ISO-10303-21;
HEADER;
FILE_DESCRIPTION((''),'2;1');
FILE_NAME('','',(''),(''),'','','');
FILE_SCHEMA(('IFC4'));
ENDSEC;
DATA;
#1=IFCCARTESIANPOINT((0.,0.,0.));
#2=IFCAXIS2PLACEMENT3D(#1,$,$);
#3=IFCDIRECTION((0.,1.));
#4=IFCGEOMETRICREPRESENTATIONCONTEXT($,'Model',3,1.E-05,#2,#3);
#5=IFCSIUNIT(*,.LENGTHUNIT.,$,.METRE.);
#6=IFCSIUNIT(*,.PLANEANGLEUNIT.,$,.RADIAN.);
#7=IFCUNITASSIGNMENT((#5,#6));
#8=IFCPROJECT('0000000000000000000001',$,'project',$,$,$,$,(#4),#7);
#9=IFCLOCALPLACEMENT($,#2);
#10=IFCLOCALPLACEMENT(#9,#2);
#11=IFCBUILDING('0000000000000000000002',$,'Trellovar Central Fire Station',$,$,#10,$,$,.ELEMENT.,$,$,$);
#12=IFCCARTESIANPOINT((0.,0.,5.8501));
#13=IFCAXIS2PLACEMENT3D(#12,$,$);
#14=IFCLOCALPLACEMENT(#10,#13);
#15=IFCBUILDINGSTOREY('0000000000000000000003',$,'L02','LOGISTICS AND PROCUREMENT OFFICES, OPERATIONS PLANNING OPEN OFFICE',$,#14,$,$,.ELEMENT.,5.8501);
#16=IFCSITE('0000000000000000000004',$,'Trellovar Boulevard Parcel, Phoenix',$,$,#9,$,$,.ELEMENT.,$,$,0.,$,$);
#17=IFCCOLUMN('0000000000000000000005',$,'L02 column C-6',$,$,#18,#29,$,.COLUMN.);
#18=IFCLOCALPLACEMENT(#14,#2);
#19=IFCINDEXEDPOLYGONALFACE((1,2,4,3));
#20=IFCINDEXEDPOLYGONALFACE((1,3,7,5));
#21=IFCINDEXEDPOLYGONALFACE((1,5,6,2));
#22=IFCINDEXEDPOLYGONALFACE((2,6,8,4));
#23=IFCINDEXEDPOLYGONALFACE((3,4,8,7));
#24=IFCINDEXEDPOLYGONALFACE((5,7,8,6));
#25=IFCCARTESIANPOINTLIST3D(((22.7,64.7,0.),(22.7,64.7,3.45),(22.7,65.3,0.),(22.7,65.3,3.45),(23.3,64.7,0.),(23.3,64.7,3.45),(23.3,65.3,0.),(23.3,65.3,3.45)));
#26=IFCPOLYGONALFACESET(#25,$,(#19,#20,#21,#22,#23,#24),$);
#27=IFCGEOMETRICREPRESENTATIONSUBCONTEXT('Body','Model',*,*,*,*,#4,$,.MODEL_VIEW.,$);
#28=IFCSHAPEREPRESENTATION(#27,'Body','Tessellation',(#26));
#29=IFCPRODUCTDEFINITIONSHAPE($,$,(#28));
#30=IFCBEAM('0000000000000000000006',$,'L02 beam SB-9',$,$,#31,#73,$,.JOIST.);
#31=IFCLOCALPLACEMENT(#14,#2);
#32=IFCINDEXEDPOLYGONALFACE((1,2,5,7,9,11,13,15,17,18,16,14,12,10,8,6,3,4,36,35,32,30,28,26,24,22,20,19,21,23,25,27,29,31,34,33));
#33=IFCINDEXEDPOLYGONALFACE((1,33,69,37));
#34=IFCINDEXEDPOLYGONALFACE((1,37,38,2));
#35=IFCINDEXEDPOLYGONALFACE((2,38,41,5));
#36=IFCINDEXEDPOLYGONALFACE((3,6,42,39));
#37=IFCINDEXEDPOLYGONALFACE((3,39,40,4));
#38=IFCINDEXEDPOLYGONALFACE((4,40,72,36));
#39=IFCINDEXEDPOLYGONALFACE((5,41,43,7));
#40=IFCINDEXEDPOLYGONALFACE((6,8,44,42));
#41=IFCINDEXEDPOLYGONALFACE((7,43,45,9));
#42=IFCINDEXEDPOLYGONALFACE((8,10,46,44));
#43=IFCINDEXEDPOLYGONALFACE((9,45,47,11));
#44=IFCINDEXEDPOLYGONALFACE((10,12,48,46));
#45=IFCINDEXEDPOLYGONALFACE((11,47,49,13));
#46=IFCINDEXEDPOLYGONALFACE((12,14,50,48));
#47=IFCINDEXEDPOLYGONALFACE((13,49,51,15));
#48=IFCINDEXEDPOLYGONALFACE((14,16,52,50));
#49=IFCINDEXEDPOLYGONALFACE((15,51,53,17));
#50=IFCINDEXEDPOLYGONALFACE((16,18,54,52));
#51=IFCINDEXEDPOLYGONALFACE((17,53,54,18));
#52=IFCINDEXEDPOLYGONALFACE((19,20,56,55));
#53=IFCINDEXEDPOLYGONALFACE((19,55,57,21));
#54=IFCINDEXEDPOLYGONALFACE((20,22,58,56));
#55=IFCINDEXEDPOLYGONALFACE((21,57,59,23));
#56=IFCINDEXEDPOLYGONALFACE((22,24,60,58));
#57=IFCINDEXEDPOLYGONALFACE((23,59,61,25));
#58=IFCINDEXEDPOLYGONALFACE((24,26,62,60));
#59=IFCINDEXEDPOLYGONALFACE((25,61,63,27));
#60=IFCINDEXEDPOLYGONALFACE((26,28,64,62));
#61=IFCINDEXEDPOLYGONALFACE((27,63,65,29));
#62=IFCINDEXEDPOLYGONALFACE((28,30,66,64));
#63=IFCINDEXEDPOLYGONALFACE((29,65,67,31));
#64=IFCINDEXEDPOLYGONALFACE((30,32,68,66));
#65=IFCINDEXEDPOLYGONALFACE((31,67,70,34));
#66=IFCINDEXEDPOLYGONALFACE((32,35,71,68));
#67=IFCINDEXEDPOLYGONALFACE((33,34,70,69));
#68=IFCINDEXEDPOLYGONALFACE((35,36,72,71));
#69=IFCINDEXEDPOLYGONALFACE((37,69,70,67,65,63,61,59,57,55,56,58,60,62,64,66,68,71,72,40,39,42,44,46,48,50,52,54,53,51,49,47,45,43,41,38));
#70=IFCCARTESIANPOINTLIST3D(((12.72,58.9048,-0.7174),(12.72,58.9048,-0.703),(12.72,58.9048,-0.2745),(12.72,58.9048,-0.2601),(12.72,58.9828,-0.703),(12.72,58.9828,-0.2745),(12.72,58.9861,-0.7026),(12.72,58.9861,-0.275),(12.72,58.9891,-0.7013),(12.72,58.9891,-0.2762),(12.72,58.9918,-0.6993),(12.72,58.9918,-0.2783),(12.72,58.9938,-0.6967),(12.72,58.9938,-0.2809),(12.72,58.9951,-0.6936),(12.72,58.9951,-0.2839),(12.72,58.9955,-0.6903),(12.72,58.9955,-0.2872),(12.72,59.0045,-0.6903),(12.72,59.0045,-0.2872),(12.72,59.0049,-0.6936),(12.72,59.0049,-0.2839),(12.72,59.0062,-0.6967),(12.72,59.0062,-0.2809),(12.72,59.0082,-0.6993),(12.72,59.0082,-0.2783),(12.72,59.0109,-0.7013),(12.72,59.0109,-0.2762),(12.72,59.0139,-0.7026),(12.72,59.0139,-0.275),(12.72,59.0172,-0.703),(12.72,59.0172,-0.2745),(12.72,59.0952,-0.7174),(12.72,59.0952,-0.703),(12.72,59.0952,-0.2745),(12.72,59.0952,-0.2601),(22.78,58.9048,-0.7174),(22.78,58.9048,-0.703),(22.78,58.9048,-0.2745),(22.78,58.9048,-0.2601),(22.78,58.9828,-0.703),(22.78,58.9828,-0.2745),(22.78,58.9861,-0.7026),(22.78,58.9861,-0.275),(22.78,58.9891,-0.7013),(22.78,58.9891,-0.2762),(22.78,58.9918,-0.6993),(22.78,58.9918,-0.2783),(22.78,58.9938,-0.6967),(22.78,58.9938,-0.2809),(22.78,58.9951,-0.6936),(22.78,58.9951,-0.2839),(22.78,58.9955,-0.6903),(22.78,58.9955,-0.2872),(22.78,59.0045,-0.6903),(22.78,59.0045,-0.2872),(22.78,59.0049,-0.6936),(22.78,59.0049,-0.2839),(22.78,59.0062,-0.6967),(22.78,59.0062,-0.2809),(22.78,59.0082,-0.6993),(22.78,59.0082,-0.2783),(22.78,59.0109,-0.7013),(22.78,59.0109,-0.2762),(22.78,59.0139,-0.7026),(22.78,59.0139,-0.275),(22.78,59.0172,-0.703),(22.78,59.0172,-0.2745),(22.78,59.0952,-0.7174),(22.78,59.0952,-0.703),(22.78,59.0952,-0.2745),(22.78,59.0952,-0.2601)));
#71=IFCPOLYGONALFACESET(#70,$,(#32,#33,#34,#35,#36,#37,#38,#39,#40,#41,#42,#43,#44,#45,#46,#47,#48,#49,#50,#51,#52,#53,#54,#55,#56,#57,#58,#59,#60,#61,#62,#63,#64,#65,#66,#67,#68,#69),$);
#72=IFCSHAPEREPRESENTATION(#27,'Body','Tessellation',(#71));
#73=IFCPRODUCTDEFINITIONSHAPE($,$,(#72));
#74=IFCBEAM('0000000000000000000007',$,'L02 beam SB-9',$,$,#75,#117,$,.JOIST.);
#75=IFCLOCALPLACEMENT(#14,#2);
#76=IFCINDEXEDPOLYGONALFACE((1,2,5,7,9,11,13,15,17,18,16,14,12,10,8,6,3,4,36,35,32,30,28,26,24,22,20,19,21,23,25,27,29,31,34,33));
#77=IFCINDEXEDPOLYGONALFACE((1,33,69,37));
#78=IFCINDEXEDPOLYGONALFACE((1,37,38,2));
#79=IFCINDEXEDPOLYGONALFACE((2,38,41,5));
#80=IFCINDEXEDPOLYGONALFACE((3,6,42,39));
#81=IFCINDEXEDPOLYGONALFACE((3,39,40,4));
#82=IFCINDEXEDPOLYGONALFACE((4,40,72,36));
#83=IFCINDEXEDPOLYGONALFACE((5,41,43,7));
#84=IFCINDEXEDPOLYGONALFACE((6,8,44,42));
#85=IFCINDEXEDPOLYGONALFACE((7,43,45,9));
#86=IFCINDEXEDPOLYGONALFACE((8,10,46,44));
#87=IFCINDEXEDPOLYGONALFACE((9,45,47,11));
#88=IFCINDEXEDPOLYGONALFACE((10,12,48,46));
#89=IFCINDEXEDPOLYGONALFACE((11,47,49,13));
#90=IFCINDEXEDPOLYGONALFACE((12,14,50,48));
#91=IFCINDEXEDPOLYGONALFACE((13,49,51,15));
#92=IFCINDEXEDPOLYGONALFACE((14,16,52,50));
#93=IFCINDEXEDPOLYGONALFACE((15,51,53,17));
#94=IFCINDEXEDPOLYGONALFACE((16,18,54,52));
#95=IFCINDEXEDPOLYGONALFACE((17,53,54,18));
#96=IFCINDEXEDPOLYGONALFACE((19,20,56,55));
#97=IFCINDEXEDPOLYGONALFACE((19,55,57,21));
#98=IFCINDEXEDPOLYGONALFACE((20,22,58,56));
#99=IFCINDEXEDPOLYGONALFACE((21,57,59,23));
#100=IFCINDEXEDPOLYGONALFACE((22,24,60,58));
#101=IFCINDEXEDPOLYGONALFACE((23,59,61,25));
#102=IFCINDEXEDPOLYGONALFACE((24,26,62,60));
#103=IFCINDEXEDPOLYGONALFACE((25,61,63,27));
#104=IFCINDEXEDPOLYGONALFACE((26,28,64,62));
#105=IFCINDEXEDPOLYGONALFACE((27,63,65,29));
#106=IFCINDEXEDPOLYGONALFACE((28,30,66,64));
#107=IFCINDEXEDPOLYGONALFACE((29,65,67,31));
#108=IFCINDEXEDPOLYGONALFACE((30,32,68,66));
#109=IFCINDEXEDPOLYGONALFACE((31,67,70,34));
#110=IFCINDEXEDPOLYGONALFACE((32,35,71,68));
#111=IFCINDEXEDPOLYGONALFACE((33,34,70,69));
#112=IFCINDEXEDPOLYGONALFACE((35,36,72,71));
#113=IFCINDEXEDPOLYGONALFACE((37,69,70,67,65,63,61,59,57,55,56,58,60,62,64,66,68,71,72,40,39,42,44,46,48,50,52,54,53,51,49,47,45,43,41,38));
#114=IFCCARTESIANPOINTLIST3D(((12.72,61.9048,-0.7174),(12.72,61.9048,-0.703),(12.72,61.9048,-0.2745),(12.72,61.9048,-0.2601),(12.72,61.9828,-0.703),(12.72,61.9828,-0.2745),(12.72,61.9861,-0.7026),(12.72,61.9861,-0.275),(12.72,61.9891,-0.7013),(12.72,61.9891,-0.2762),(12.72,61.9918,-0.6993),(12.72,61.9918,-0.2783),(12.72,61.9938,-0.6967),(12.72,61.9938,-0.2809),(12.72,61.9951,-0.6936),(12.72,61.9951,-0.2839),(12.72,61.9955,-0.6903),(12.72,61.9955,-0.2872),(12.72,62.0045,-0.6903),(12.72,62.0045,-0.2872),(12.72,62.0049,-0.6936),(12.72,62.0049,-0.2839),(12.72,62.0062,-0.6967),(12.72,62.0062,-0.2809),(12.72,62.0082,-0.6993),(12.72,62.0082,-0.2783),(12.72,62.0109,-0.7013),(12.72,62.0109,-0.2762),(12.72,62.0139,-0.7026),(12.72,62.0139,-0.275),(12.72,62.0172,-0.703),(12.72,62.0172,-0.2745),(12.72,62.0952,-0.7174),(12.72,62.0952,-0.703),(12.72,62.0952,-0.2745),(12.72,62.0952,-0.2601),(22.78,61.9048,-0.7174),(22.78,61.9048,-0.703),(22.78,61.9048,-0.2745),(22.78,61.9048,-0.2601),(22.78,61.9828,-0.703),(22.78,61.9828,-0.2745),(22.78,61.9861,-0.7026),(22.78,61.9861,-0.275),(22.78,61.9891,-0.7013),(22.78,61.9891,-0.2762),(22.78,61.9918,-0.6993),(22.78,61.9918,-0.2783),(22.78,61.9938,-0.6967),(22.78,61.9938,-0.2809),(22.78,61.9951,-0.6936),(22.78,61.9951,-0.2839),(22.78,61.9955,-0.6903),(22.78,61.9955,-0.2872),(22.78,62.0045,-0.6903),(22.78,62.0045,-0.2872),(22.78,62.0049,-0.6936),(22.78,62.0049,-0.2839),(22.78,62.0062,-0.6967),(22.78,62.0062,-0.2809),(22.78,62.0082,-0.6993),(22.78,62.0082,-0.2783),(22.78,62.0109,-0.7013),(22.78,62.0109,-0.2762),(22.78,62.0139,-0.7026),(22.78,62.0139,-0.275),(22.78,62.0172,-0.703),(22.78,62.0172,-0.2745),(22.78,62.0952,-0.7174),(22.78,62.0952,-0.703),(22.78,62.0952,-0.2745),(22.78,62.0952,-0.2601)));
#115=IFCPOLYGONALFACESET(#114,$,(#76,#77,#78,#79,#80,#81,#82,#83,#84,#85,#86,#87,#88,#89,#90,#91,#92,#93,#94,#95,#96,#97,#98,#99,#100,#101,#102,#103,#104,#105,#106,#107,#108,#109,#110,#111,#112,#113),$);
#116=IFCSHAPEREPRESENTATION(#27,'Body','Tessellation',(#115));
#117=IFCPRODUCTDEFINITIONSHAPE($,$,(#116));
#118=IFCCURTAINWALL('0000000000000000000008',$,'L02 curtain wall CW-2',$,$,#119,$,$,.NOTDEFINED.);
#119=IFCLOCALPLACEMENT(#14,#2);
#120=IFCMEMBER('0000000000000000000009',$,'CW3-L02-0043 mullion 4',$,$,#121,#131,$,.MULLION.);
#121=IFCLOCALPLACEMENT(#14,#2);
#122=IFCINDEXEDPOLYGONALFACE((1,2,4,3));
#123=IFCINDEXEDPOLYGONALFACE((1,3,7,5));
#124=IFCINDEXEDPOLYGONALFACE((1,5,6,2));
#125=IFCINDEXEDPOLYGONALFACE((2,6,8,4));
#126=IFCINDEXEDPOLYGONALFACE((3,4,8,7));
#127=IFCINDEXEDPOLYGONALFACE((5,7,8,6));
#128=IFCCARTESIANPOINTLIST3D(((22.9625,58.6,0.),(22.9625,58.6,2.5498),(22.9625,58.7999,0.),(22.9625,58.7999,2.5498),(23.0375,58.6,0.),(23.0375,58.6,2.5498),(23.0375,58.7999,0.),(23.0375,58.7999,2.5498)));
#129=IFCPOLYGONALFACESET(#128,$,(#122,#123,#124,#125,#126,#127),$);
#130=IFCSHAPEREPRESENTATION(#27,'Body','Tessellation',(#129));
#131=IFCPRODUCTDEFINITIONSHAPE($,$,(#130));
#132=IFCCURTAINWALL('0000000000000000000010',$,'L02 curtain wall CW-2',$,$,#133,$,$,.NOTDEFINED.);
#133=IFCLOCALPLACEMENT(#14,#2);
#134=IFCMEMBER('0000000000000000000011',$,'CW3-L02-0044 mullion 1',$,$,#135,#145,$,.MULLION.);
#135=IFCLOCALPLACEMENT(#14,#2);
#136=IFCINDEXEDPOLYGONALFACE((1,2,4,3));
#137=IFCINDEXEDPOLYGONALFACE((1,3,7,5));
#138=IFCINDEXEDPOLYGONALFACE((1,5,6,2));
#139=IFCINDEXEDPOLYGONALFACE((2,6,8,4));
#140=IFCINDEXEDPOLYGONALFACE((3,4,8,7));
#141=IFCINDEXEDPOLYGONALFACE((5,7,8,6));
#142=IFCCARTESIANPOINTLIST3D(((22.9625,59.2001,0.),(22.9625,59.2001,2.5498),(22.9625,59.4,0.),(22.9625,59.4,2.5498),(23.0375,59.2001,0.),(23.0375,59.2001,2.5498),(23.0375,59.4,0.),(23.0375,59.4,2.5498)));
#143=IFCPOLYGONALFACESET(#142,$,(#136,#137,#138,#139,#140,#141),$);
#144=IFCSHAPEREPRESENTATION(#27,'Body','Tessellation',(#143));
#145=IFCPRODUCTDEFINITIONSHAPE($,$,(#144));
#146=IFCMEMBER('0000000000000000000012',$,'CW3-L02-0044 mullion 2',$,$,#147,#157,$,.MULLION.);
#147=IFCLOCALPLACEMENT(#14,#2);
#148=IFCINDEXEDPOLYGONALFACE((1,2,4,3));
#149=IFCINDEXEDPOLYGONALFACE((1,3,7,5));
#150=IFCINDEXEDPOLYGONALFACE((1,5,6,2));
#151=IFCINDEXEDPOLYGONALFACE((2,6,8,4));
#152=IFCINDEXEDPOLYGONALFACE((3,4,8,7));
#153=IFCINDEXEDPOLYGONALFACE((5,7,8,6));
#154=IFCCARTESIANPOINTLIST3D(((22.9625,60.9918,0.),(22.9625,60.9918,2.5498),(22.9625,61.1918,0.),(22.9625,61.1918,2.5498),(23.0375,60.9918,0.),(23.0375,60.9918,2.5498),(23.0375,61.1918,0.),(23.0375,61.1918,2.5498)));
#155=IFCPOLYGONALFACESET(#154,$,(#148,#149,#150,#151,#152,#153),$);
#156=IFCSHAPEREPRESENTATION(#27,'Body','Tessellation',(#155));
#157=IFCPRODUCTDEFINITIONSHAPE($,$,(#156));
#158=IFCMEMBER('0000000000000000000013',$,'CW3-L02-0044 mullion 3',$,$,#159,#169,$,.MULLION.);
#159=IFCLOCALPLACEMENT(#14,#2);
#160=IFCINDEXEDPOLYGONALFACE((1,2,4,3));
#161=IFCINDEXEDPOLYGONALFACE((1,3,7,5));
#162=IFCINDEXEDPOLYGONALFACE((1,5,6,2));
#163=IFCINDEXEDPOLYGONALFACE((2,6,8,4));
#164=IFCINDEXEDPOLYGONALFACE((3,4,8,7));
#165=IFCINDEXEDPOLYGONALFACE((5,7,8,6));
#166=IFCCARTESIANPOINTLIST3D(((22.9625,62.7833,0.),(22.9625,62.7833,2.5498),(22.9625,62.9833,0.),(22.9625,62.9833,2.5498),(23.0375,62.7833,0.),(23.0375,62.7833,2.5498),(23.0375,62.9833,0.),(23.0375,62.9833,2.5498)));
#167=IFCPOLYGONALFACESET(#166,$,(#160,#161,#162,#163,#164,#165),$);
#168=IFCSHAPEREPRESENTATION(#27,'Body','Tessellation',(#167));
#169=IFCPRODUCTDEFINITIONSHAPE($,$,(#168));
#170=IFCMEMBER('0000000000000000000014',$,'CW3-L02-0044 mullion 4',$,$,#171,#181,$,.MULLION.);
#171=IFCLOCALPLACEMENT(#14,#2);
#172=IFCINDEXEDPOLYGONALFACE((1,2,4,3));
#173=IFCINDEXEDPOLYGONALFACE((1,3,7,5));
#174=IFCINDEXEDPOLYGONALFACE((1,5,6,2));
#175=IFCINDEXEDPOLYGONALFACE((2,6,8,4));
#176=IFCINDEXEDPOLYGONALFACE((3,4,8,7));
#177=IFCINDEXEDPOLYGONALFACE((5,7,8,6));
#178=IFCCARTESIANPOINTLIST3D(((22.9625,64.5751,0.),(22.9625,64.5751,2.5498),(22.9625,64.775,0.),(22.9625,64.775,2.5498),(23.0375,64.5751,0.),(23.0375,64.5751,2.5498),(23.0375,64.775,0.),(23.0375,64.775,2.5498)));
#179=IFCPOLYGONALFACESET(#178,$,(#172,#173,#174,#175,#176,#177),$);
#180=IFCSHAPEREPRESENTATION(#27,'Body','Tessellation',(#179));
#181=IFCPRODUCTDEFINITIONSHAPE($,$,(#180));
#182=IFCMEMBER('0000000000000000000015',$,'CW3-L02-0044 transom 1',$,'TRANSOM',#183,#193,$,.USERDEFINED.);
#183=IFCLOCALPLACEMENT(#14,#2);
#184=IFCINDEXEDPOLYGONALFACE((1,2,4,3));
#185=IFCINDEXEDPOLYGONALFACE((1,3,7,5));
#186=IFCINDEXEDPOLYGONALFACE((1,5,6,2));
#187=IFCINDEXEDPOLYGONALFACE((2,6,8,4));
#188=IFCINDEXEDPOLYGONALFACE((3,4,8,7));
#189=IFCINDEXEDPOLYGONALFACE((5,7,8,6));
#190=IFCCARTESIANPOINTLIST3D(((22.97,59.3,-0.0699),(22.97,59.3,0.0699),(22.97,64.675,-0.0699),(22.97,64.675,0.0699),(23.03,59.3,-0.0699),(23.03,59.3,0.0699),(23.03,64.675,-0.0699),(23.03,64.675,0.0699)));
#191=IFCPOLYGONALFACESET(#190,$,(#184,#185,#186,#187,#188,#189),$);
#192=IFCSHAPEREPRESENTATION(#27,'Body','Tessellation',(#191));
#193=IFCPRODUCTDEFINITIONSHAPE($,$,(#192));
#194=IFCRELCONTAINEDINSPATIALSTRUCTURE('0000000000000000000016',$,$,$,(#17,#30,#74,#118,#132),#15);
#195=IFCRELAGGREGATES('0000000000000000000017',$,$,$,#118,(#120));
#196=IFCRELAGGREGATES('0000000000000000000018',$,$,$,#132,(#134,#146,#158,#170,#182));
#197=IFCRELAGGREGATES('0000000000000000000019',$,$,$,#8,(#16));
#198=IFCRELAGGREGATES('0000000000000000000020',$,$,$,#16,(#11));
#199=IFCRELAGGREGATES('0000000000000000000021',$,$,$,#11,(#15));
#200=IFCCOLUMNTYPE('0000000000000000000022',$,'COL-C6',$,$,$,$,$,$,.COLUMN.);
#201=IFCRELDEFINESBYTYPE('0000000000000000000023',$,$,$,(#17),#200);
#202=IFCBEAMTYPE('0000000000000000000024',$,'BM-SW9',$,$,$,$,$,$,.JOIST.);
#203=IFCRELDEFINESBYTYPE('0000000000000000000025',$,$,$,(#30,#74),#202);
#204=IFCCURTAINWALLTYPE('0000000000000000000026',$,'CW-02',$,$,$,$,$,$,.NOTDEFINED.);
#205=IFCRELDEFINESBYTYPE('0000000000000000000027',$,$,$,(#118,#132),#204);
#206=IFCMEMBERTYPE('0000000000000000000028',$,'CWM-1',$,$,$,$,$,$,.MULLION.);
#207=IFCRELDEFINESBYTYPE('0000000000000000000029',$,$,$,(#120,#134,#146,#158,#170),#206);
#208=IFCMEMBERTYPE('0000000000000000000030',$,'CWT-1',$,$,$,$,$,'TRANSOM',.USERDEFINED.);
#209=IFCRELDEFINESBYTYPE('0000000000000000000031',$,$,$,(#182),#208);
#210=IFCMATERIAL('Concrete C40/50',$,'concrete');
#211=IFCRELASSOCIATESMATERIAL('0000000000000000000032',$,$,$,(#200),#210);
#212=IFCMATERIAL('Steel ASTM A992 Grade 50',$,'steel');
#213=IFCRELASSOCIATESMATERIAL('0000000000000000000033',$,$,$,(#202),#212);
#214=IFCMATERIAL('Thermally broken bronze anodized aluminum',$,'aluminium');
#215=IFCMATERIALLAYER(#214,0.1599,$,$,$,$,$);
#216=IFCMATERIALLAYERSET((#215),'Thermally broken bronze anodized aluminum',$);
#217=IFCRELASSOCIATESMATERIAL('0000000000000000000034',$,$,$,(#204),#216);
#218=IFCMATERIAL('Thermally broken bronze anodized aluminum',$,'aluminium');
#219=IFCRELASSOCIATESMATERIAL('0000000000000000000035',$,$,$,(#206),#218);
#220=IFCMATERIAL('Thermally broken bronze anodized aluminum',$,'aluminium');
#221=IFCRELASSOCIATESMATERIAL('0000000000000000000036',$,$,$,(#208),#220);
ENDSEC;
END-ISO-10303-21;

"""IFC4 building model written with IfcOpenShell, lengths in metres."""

from ifc_helpers import new_model, si_unit, direction, frame, origin, origin_2d, place, context, subcontext, project, spatial, rectangle, i_section, extrude, material, layer, layer_set, material_profile, profile_set, type_object, element, aggregate, save


model = new_model("IFC4")

# Units and contexts
model_context = context("Model", 3, precision=1e-05, world=origin(), true_north=direction((0.0, 1.0)))
body_context = subcontext(model_context, "Body", "Model", "MODEL_VIEW")
ifc_project = project(units=[si_unit("LENGTHUNIT", "METRE"), si_unit("PLANEANGLEUNIT", "RADIAN")], contexts=[model_context])

# Site, building, storey
site_placement = place(None, origin())
site = spatial("IfcSite", under=ifc_project, at=site_placement, Name="Trellovar Boulevard Parcel, Phoenix", CompositionType="ELEMENT", RefElevation=0.0)
building_placement = place(site_placement, origin())
building = spatial("IfcBuilding", under=site, at=building_placement, Name="Trellovar Central Fire Station", CompositionType="ELEMENT")
storey_placement = place(building_placement, frame((0.0, 0.0, 5.8501)))
storey = spatial("IfcBuildingStorey", under=building, at=storey_placement, Name="L02", Description="LOGISTICS AND PROCUREMENT OFFICES, OPERATIONS PLANNING OPEN OFFICE", CompositionType="ELEMENT", Elevation=5.8501)

# Column
ifc_material_1 = material(Name="Concrete C40/50", Category="concrete")
ifc_material_profile_1 = material_profile(ifc_material_1, rectangle(XDim=0.6001, YDim=0.6001, at=origin_2d()), Name="RC600X600")
ifc_profile_set_1 = profile_set([ifc_material_profile_1], Name="Concrete C40/50")
column_type = type_object("IfcColumnType", Name="COL-C6", PredefinedType="COLUMN", material=ifc_profile_set_1)
column_placement = place(storey_placement, frame((23.0, 65.0, 0.0), z_axis=(0.0, 0.0, 1.0), x_axis=(1.0, 0.0, 0.0)))
element("IfcColumn", 1, at=column_placement, inside=storey, type_object=column_type, Name="L02 column C-6", PredefinedType="COLUMN", context=body_context, shape_type="SweptSolid", body=[
    extrude(rectangle(XDim=0.6001, YDim=0.6001, at=origin_2d()), origin(), (0.0, 0.0, 1.0), 3.45),
])

# Beams
ifc_material_2 = material(Name="Steel ASTM A992 Grade 50", Category="steel")
ifc_material_profile_2 = material_profile(ifc_material_2, i_section(OverallWidth=0.1904, OverallDepth=0.4573, WebThickness=0.009, FlangeThickness=0.0144, FilletRadius=0.0127, at=origin_2d()), Name="W18X50")
ifc_profile_set_2 = profile_set([ifc_material_profile_2], Name="Steel ASTM A992 Grade 50")
beam_type = type_object("IfcBeamType", Name="BM-SW9", PredefinedType="JOIST", material=ifc_profile_set_2)
for number, where, z_axis, x_axis, name in (
    (2, (12.72, 59.0, -0.4888), (1.0, 0.0, 0.0), (0.0, 1.0, 0.0), "L02 beam SB-9"),
    (3, (12.72, 62.0, -0.4888), (1.0, 0.0, 0.0), (0.0, 1.0, 0.0), "L02 beam SB-9"),
):
    element("IfcBeam", number, at=place(storey_placement, frame(where, z_axis=z_axis, x_axis=x_axis)), inside=storey, type_object=beam_type, Name=name, PredefinedType="JOIST", context=body_context, shape_type="SweptSolid", body=[
        extrude(i_section(OverallWidth=0.1904, OverallDepth=0.4573, WebThickness=0.009, FlangeThickness=0.0144, FilletRadius=0.0127, at=origin_2d()), origin(), (0.0, 0.0, 1.0), 10.0601),
    ])

# Curtain wall, member
ifc_material_3 = material(Name="Thermally broken bronze anodized aluminum", Category="aluminium")
ifc_layer_1 = layer(ifc_material_3, 0.1599)
ifc_layer_set_1 = layer_set([ifc_layer_1], Name="Thermally broken bronze anodized aluminum")
curtain_wall_type = type_object("IfcCurtainWallType", Name="CW-02", PredefinedType="NOTDEFINED", material=ifc_layer_set_1)
curtain_wall_1_placement = place(storey_placement, origin())
curtain_wall_1 = element("IfcCurtainWall", 4, at=curtain_wall_1_placement, inside=storey, type_object=curtain_wall_type, Name="L02 curtain wall CW-2", PredefinedType="NOTDEFINED")
ifc_material_4 = material(Name="Thermally broken bronze anodized aluminum", Category="aluminium")
ifc_material_profile_3 = material_profile(ifc_material_4, rectangle(XDim=0.075, YDim=0.2, at=origin_2d()), Name="ALU75X200")
ifc_profile_set_3 = profile_set([ifc_material_profile_3], Name="Thermally broken bronze anodized aluminum")
member_type_1 = type_object("IfcMemberType", Name="CWM-1", PredefinedType="MULLION", material=ifc_profile_set_3)
member_1_placement = place(storey_placement, frame((23.0, 58.7, 0.0), z_axis=(0.0, 0.0, 1.0), x_axis=(1.0, 0.0, 0.0)))
member_1 = element("IfcMember", 5, at=member_1_placement, type_object=member_type_1, Name="CW3-L02-0043 mullion 4", PredefinedType="MULLION", context=body_context, shape_type="SweptSolid", body=[
    extrude(rectangle(XDim=0.075, YDim=0.2, at=origin_2d()), origin(), (0.0, 0.0, 1.0), 2.5498),
])

# Curtain wall, members
curtain_wall_2_placement = place(storey_placement, origin())
curtain_wall_2 = element("IfcCurtainWall", 6, at=curtain_wall_2_placement, inside=storey, type_object=curtain_wall_type, Name="L02 curtain wall CW-2", PredefinedType="NOTDEFINED")
member_2_placement = place(storey_placement, frame((23.0, 59.3, 0.0), z_axis=(0.0, 0.0, 1.0), x_axis=(1.0, 0.0, 0.0)))
member_2 = element("IfcMember", 7, at=member_2_placement, type_object=member_type_1, Name="CW3-L02-0044 mullion 1", PredefinedType="MULLION", context=body_context, shape_type="SweptSolid", body=[
    extrude(rectangle(XDim=0.075, YDim=0.2, at=origin_2d()), origin(), (0.0, 0.0, 1.0), 2.5498),
])
member_3_placement = place(storey_placement, frame((23.0, 61.0918, 0.0), z_axis=(0.0, 0.0, 1.0), x_axis=(1.0, 0.0, 0.0)))
member_3 = element("IfcMember", 8, at=member_3_placement, type_object=member_type_1, Name="CW3-L02-0044 mullion 2", PredefinedType="MULLION", context=body_context, shape_type="SweptSolid", body=[
    extrude(rectangle(XDim=0.075, YDim=0.2, at=origin_2d()), origin(), (0.0, 0.0, 1.0), 2.5498),
])
member_4_placement = place(storey_placement, frame((23.0, 62.8833, 0.0), z_axis=(0.0, 0.0, 1.0), x_axis=(1.0, 0.0, 0.0)))
member_4 = element("IfcMember", 9, at=member_4_placement, type_object=member_type_1, Name="CW3-L02-0044 mullion 3", PredefinedType="MULLION", context=body_context, shape_type="SweptSolid", body=[
    extrude(rectangle(XDim=0.075, YDim=0.2, at=origin_2d()), origin(), (0.0, 0.0, 1.0), 2.5498),
])
member_5_placement = place(storey_placement, frame((23.0, 64.675, 0.0), z_axis=(0.0, 0.0, 1.0), x_axis=(1.0, 0.0, 0.0)))
member_5 = element("IfcMember", 10, at=member_5_placement, type_object=member_type_1, Name="CW3-L02-0044 mullion 4", PredefinedType="MULLION", context=body_context, shape_type="SweptSolid", body=[
    extrude(rectangle(XDim=0.075, YDim=0.2, at=origin_2d()), origin(), (0.0, 0.0, 1.0), 2.5498),
])
ifc_material_5 = material(Name="Thermally broken bronze anodized aluminum", Category="aluminium")
ifc_material_profile_4 = material_profile(ifc_material_5, rectangle(XDim=0.0601, YDim=0.1399, at=origin_2d()), Name="ALU60X140")
ifc_profile_set_4 = profile_set([ifc_material_profile_4], Name="Thermally broken bronze anodized aluminum")
member_type_2 = type_object("IfcMemberType", Name="CWT-1", ElementType="TRANSOM", PredefinedType="USERDEFINED", material=ifc_profile_set_4)
member_6_placement = place(storey_placement, frame((23.0, 59.3, 0.0), z_axis=(0.0, 1.0, 0.0), x_axis=(-1.0, 0.0, 0.0)))
member_6 = element("IfcMember", 11, at=member_6_placement, type_object=member_type_2, Name="CW3-L02-0044 transom 1", ObjectType="TRANSOM", PredefinedType="USERDEFINED", context=body_context, shape_type="SweptSolid", body=[
    extrude(rectangle(XDim=0.0601, YDim=0.1399, at=origin_2d()), origin(), (0.0, 0.0, 1.0), 5.375),
])

aggregate(curtain_wall_1, [member_1])
aggregate(curtain_wall_2, [member_2, member_3, member_4, member_5, member_6])

save(model, "model.ifc")
